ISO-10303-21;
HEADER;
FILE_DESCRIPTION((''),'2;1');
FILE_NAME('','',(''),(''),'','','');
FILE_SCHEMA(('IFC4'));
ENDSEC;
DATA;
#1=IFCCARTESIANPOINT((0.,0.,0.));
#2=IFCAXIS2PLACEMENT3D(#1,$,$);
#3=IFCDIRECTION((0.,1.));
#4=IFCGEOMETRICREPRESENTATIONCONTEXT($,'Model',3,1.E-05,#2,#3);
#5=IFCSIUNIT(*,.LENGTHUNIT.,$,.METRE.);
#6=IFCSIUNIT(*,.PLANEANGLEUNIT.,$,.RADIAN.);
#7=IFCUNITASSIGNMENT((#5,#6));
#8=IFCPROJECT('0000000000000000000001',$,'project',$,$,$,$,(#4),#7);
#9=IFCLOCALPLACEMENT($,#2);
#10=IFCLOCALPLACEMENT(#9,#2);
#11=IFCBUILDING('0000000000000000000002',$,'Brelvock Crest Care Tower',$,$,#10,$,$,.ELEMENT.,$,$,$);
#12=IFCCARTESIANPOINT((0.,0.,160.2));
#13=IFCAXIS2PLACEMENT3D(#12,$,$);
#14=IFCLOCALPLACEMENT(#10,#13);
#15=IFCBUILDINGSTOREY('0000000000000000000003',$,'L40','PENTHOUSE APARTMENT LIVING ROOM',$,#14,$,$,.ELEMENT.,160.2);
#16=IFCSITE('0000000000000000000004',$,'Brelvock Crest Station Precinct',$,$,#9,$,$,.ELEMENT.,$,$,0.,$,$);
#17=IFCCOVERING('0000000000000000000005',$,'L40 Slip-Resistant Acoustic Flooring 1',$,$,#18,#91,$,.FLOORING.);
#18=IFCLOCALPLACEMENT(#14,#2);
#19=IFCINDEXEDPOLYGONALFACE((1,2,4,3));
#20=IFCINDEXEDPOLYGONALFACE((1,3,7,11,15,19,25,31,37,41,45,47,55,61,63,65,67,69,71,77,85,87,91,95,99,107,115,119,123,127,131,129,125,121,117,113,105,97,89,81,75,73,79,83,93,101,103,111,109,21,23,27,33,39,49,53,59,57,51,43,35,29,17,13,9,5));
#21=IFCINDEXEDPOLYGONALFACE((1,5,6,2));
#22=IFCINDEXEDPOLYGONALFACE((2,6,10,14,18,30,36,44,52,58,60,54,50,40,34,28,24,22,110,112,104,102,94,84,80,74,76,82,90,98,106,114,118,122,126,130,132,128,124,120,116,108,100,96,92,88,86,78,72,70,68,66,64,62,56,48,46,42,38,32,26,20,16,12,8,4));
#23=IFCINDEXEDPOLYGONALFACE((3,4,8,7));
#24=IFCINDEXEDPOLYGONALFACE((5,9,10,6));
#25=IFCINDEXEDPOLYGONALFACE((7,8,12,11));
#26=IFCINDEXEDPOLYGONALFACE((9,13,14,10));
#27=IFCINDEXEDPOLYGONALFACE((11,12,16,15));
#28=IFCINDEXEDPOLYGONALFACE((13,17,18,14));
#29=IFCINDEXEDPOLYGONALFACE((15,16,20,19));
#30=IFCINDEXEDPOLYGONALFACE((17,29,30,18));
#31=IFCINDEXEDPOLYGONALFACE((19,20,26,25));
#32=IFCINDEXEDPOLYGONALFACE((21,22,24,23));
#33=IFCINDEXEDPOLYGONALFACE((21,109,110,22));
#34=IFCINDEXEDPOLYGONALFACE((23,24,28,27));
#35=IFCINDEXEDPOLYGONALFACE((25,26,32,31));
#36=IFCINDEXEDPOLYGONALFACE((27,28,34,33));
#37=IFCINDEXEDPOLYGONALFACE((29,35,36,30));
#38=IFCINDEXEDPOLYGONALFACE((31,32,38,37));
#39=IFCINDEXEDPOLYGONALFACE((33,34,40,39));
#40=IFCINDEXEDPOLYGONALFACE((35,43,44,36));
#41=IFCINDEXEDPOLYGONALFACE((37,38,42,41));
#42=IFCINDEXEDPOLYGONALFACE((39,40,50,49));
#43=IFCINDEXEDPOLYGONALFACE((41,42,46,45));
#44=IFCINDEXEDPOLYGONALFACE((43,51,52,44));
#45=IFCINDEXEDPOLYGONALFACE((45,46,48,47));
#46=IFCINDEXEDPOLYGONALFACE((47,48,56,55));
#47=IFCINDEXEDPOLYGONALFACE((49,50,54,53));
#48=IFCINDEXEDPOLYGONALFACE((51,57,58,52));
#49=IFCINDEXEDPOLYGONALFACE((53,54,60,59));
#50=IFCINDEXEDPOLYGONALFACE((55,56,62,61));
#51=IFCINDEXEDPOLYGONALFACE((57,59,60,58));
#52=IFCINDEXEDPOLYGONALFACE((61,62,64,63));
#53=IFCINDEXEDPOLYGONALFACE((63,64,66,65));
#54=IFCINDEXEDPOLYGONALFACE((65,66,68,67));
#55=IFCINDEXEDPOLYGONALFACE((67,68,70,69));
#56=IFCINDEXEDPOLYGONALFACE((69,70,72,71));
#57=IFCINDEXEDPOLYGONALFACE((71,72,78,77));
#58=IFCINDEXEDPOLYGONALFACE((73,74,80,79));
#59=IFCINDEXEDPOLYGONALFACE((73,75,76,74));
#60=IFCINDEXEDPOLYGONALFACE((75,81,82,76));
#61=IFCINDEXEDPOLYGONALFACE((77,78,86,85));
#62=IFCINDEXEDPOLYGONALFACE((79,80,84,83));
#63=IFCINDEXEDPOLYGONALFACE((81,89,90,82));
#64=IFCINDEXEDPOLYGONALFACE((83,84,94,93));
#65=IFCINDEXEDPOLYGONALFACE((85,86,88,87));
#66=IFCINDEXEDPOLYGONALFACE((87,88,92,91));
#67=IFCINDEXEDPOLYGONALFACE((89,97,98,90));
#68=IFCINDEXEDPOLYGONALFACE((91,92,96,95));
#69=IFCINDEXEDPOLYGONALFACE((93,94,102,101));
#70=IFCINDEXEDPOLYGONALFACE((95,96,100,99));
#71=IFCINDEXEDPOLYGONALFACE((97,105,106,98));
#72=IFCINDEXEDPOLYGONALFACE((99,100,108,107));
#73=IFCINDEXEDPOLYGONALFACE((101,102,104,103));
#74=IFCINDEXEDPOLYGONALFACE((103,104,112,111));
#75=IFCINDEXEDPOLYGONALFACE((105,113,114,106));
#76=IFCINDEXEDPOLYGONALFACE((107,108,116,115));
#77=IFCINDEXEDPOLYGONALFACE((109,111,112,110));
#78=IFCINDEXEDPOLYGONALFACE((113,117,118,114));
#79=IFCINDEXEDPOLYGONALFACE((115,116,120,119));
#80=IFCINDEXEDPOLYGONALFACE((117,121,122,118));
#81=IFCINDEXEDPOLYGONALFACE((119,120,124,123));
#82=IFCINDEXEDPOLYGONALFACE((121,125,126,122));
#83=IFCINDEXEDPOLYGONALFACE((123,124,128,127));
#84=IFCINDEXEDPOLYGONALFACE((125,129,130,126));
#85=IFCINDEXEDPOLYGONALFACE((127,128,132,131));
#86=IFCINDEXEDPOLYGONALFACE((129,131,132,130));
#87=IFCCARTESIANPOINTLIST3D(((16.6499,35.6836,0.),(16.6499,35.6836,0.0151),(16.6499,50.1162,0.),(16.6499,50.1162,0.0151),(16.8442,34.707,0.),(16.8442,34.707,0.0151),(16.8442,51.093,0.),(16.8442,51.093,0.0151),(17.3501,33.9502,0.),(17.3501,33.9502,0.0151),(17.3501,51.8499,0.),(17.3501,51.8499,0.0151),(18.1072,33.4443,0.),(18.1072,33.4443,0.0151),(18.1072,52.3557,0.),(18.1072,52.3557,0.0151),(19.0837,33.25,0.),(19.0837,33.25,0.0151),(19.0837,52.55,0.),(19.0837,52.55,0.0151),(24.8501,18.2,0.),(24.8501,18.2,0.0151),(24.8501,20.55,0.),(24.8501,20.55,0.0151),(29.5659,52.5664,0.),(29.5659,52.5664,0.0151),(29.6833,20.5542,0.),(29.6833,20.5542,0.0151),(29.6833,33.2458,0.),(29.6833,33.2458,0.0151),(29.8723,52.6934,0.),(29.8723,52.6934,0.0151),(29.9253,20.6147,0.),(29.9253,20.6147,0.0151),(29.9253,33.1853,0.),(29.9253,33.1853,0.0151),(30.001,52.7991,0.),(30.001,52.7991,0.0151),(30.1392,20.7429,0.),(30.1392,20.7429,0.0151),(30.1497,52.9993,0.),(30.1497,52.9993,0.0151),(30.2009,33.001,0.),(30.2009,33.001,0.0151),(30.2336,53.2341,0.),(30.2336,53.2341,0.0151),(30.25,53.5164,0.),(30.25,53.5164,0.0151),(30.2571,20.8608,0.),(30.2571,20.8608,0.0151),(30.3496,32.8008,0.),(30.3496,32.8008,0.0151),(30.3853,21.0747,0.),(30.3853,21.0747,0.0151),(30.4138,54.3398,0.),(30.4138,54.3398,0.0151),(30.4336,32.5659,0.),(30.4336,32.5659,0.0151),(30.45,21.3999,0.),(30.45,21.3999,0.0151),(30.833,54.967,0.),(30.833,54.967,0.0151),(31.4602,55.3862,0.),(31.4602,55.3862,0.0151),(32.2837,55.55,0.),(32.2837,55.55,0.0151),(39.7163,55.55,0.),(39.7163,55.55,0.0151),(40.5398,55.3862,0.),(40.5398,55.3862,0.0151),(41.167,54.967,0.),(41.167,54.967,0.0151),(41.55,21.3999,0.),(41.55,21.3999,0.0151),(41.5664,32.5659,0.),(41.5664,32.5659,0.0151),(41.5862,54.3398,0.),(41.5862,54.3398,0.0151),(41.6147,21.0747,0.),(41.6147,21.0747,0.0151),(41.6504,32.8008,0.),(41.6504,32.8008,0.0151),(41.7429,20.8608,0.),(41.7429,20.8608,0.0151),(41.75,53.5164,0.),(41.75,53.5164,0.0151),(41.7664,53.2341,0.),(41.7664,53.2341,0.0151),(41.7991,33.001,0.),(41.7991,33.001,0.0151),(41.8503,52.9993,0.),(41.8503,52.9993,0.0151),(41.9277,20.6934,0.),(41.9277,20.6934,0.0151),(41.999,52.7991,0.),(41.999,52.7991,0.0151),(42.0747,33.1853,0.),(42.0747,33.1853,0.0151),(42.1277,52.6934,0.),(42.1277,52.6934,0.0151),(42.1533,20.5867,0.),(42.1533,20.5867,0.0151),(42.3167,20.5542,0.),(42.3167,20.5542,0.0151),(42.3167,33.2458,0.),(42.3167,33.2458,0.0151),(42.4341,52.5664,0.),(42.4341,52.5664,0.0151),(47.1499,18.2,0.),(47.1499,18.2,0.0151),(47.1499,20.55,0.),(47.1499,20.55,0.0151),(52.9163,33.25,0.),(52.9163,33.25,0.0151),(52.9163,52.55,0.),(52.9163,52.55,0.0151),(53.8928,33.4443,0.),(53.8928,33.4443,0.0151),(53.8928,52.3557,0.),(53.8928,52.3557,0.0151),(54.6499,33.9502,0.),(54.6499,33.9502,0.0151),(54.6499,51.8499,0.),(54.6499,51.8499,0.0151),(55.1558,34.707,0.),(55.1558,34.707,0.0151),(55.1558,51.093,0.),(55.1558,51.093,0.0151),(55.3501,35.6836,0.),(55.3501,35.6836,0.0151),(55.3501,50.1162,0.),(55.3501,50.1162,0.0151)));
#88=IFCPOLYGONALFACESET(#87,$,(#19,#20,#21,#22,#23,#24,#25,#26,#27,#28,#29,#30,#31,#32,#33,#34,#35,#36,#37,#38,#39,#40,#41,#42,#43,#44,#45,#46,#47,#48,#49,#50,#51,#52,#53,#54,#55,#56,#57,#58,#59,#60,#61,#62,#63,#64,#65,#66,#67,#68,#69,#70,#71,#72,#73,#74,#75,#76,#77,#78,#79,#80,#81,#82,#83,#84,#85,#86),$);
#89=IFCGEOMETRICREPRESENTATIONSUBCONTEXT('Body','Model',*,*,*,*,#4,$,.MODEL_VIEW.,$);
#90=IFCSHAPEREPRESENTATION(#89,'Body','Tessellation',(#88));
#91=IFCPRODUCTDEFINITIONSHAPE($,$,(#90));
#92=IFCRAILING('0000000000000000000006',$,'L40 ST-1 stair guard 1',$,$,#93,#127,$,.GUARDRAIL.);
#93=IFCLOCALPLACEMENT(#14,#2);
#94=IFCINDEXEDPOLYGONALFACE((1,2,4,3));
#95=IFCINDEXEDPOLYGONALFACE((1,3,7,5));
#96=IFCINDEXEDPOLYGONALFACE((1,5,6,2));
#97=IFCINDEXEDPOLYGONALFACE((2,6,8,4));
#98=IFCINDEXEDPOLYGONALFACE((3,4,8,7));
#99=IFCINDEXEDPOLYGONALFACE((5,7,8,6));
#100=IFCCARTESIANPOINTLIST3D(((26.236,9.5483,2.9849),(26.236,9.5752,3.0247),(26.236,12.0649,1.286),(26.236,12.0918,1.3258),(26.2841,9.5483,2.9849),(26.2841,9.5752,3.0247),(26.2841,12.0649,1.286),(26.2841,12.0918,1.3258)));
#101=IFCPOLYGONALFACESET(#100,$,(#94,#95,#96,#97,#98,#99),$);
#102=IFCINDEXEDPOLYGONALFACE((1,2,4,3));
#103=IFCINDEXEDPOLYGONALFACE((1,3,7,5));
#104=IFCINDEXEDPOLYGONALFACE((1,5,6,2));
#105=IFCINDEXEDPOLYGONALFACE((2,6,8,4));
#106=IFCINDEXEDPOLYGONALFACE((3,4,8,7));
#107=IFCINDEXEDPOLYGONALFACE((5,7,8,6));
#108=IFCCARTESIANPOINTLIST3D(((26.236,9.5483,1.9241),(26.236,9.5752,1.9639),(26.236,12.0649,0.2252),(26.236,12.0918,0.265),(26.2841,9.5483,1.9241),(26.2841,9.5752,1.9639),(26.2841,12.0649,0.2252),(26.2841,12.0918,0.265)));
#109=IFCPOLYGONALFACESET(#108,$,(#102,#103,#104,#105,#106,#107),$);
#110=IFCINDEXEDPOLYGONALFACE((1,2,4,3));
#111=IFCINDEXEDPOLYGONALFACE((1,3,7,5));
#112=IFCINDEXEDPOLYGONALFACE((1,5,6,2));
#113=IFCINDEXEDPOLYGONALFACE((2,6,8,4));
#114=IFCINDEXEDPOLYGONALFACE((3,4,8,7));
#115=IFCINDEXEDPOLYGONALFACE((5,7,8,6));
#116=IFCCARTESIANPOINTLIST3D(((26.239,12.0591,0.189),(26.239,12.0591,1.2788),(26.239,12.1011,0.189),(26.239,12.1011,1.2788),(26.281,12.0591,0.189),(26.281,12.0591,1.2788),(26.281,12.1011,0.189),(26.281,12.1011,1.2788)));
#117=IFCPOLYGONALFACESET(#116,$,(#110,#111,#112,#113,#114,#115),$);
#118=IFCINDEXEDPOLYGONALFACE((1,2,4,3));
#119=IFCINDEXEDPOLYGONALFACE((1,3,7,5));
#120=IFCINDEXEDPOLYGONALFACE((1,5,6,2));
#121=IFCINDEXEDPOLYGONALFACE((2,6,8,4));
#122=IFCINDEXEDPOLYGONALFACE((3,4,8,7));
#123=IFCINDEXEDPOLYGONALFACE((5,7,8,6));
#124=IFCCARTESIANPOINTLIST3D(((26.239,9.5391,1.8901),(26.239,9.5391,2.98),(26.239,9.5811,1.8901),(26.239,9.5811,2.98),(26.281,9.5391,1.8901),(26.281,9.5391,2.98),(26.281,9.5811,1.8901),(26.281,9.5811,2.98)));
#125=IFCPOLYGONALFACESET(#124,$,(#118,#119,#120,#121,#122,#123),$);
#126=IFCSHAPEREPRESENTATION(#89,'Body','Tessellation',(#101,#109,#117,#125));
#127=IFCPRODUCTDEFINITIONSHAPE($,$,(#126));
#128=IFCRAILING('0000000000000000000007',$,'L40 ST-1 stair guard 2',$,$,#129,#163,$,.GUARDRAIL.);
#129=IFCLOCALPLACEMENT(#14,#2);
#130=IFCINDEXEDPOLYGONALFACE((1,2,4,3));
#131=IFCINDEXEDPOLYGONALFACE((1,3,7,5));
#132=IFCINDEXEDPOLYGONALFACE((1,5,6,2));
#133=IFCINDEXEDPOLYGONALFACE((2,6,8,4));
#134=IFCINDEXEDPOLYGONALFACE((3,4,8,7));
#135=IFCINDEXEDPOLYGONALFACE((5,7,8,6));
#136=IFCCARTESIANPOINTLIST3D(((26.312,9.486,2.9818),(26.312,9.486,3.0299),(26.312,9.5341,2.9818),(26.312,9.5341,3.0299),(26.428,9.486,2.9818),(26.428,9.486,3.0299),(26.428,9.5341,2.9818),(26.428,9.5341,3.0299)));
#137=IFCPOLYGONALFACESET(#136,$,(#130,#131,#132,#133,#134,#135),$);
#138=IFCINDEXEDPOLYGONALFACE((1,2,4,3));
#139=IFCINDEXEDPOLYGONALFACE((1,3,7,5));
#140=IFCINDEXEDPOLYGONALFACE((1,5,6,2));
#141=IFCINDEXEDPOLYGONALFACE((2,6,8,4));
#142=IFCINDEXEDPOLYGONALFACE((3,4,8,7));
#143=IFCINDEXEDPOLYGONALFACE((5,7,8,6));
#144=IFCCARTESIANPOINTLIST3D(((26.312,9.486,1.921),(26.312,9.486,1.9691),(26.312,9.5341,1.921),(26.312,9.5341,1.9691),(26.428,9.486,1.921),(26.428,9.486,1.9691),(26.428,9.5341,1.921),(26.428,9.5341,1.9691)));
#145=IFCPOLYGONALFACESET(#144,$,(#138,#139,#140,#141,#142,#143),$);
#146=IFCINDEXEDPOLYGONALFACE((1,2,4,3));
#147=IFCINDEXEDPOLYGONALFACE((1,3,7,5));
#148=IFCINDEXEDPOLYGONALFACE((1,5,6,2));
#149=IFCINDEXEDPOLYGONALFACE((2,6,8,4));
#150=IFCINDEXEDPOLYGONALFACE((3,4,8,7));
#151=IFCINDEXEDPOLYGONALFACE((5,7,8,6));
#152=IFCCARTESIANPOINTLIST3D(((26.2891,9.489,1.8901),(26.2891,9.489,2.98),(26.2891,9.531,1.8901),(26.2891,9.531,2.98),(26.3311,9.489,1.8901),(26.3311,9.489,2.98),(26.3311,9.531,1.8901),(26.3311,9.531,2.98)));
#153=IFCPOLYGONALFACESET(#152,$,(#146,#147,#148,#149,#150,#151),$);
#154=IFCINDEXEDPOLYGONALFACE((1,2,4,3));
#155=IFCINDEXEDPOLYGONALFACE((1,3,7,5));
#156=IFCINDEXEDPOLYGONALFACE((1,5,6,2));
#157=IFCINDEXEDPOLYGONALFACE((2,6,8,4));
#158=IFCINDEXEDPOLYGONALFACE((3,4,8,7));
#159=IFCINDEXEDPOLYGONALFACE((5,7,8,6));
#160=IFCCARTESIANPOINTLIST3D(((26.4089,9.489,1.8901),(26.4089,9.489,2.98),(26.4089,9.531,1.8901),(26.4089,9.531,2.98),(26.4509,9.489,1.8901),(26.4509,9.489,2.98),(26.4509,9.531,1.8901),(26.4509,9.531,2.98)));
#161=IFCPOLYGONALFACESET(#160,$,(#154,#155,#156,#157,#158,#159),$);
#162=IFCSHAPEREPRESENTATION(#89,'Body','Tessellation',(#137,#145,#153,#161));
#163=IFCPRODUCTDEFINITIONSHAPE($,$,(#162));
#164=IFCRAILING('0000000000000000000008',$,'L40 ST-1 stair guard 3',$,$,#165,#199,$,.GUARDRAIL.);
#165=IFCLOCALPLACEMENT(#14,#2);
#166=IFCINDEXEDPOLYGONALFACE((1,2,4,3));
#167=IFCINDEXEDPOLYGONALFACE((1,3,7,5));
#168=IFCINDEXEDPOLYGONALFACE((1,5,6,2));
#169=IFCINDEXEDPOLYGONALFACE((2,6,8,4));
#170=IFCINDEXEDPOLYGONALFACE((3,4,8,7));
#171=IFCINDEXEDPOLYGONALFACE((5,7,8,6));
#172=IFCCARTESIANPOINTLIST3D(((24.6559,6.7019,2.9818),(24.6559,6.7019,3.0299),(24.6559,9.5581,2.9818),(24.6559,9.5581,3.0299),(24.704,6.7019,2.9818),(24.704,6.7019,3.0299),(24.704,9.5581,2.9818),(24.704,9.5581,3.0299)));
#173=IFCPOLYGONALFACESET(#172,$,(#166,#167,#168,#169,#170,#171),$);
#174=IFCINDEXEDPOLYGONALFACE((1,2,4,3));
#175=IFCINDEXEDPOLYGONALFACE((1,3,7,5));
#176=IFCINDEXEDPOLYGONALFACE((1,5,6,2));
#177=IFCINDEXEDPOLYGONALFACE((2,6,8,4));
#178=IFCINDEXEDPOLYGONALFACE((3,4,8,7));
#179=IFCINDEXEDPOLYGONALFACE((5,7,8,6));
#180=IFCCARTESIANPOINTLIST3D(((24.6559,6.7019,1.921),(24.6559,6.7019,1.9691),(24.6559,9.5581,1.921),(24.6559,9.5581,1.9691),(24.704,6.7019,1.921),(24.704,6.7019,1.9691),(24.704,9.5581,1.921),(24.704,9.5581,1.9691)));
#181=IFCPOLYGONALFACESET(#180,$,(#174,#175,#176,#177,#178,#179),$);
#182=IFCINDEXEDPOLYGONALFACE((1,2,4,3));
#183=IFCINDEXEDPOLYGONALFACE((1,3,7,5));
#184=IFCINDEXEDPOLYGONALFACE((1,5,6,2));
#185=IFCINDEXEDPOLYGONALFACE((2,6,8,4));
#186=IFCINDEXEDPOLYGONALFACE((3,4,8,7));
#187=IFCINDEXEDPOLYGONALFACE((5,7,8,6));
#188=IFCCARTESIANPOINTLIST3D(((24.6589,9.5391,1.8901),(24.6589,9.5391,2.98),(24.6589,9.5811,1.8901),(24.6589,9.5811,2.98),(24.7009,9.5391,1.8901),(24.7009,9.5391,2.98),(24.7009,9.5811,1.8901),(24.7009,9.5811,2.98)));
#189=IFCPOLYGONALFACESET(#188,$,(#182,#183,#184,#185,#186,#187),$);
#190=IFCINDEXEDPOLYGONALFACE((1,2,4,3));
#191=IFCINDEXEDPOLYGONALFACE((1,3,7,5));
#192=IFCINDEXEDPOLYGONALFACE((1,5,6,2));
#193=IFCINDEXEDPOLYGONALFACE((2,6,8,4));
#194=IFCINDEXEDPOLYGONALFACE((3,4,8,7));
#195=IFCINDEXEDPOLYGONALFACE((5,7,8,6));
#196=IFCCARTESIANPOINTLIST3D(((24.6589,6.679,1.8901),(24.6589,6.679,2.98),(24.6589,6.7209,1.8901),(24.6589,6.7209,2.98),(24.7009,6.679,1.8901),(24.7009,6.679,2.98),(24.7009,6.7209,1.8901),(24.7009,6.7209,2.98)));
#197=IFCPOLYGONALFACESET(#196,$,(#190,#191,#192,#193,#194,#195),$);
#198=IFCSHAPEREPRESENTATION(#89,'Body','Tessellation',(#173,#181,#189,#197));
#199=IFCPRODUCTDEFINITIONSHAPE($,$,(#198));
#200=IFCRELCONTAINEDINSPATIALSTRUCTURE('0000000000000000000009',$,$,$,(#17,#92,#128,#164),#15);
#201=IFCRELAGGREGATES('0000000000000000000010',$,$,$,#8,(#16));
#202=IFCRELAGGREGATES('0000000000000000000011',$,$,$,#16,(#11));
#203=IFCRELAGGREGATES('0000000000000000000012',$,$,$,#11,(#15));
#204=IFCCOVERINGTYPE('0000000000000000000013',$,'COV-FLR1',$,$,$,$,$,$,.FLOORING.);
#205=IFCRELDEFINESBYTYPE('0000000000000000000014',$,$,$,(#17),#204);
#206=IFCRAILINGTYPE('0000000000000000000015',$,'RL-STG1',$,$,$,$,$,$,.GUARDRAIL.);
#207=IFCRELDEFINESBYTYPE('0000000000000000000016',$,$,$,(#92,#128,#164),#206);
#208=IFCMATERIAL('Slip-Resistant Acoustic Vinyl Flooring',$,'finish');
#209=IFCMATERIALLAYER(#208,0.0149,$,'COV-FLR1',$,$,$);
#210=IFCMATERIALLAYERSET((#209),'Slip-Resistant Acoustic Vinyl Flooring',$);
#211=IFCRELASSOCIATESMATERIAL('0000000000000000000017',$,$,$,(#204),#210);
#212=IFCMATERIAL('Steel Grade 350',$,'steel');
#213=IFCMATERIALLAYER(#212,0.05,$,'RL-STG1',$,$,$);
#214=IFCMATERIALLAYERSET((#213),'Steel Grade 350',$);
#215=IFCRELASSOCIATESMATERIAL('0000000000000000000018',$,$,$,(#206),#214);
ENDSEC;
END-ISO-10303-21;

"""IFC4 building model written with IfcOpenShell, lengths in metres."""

from ifc_helpers import new_model, si_unit, direction, frame, origin, origin_2d, place, context, subcontext, project, spatial, polyline, rectangle, outline, extrude, material, layer, layer_set, type_object, element, save


model = new_model("IFC4")

# Units and contexts
model_context = context("Model", 3, precision=1e-05, world=origin(), true_north=direction((0.0, 1.0)))
body_context = subcontext(model_context, "Body", "Model", "MODEL_VIEW")
ifc_project = project(units=[si_unit("LENGTHUNIT", "METRE"), si_unit("PLANEANGLEUNIT", "RADIAN")], contexts=[model_context])

# Site, building, storey
site_placement = place(None, origin())
site = spatial("IfcSite", under=ifc_project, at=site_placement, Name="Brelvock Crest Station Precinct", CompositionType="ELEMENT", RefElevation=0.0)
building_placement = place(site_placement, origin())
building = spatial("IfcBuilding", under=site, at=building_placement, Name="Brelvock Crest Care Tower", CompositionType="ELEMENT")
storey_placement = place(building_placement, frame((0.0, 0.0, 160.2)))
storey = spatial("IfcBuildingStorey", under=building, at=storey_placement, Name="L40", Description="PENTHOUSE APARTMENT LIVING ROOM", CompositionType="ELEMENT", Elevation=160.2)

# Shared definitions
ifc_material_1 = material(Name="Steel Grade 350", Category="steel")

# Covering
ifc_material_2 = material(Name="Slip-Resistant Acoustic Vinyl Flooring", Category="finish")
ifc_layer_1 = layer(ifc_material_2, 0.0149, Name="COV-FLR1")
ifc_layer_set_1 = layer_set([ifc_layer_1], Name="Slip-Resistant Acoustic Vinyl Flooring")
covering_type_1 = type_object("IfcCoveringType", Name="COV-FLR1", PredefinedType="FLOORING", material=ifc_layer_set_1)
covering_1_placement = place(storey_placement, origin())
element("IfcCovering", 1, at=covering_1_placement, inside=storey, type_object=covering_type_1, Name="L40 Slip-Resistant Acoustic Flooring 1", PredefinedType="FLOORING", context=body_context, shape_type="SweptSolid", body=[
    extrude(outline(polyline([(24.8501, 18.2), (47.1499, 18.2), (47.1499, 20.55), (42.3167, 20.5542), (42.1533, 20.5867), (41.9277, 20.6934), (41.7429, 20.8608), (41.6147, 21.0747), (41.55, 21.3999), (41.5664, 32.5659), (41.6504, 32.8008), (41.7991, 33.001), (42.0747, 33.1853), (42.3167, 33.2458), (52.9163, 33.25), (53.8928, 33.4443), (54.6499, 33.9502), (55.1558, 34.707), (55.3501, 35.6836), (55.3501, 50.1162), (55.1558, 51.093), (54.6499, 51.8499), (53.8928, 52.3557), (52.9163, 52.55), (42.4341, 52.5664), (42.1277, 52.6934), (41.999, 52.7991), (41.8503, 52.9993), (41.7664, 53.2341), (41.75, 53.5164), (41.5862, 54.3398), (41.167, 54.967), (40.5398, 55.3862), (39.7163, 55.55), (32.2837, 55.55), (31.4602, 55.3862), (30.833, 54.967), (30.4138, 54.3398), (30.25, 53.5164), (30.2336, 53.2341), (30.1497, 52.9993), (30.001, 52.7991), (29.8723, 52.6934), (29.5659, 52.5664), (19.0837, 52.55), (18.1072, 52.3557), (17.3501, 51.8499), (16.8442, 51.093), (16.6499, 50.1162), (16.6499, 35.6836), (16.8442, 34.707), (17.3501, 33.9502), (18.1072, 33.4443), (19.0837, 33.25), (29.6833, 33.2458), (29.9253, 33.1853), (30.2009, 33.001), (30.3496, 32.8008), (30.4336, 32.5659), (30.45, 21.3999), (30.3853, 21.0747), (30.2571, 20.8608), (30.1392, 20.7429), (29.9253, 20.6147), (29.6833, 20.5542), (24.8501, 20.55), (24.8501, 18.2)])), origin(), (0.0, 0.0, 1.0), 0.0151),
])

# Railings
ifc_layer_2 = layer(ifc_material_1, 0.05, Name="RL-STG1")
ifc_layer_set_2 = layer_set([ifc_layer_2], Name="Steel Grade 350")
railing_type_1 = type_object("IfcRailingType", Name="RL-STG1", PredefinedType="GUARDRAIL", material=ifc_layer_set_2)
railing_1_placement = place(storey_placement, frame((26.26, 12.0801, 0.189)))
element("IfcRailing", 2, at=railing_1_placement, inside=storey, type_object=railing_type_1, Name="L40 ST-1 stair guard 1", PredefinedType="GUARDRAIL", context=body_context, shape_type="SweptSolid", body=[
    extrude(rectangle(XDim=0.0481, YDim=0.0481, at=origin_2d()), frame((0.0, -0.0017, 1.1169), z_axis=(0.0, -0.828824, 0.559509), x_axis=(1.0, 0.0, 0.0)), (0.0, 0.0, 1.0), 3.0364),
    extrude(rectangle(XDim=0.0481, YDim=0.0481, at=origin_2d()), frame((0.0, -0.0017, 0.0562), z_axis=(0.0, -0.828824, 0.559509), x_axis=(1.0, 0.0, 0.0)), (0.0, 0.0, 1.0), 3.0364),
    extrude(rectangle(XDim=0.042, YDim=0.042, at=origin_2d()), origin(), (0.0, 0.0, 1.0), 1.0898),
    extrude(rectangle(XDim=0.042, YDim=0.042, at=origin_2d()), frame((0.0, -2.52, 1.7012)), (0.0, 0.0, 1.0), 1.0898),
])
railing_2_placement = place(storey_placement, frame((26.3101, 9.51, 1.8901)))
element("IfcRailing", 3, at=railing_2_placement, inside=storey, type_object=railing_type_1, Name="L40 ST-1 stair guard 2", PredefinedType="GUARDRAIL", context=body_context, shape_type="SweptSolid", body=[
    extrude(rectangle(XDim=0.0481, YDim=0.0481, at=origin_2d()), frame((0.002, 0.0, 1.1157), z_axis=(1.0, 0.0, 0.0), x_axis=(0.0, 1.0, 0.0)), (0.0, 0.0, 1.0), 0.116),
    extrude(rectangle(XDim=0.0481, YDim=0.0481, at=origin_2d()), frame((0.002, 0.0, 0.0549), z_axis=(1.0, 0.0, 0.0), x_axis=(0.0, 1.0, 0.0)), (0.0, 0.0, 1.0), 0.116),
    extrude(rectangle(XDim=0.042, YDim=0.042, at=origin_2d()), origin(), (0.0, 0.0, 1.0), 1.0898),
    extrude(rectangle(XDim=0.042, YDim=0.042, at=origin_2d()), frame((0.1199, 0.0, 0.0)), (0.0, 0.0, 1.0), 1.0898),
])
railing_3_placement = place(storey_placement, frame((24.6799, 9.5601, 1.8901)))
element("IfcRailing", 4, at=railing_3_placement, inside=storey, type_object=railing_type_1, Name="L40 ST-1 stair guard 3", PredefinedType="GUARDRAIL", context=body_context, shape_type="SweptSolid", body=[
    extrude(rectangle(XDim=0.0481, YDim=0.0481, at=origin_2d()), frame((0.0, -0.002, 1.1157), z_axis=(0.0, -1.0, 0.0), x_axis=(1.0, 0.0, 0.0)), (0.0, 0.0, 1.0), 2.8562),
    extrude(rectangle(XDim=0.0481, YDim=0.0481, at=origin_2d()), frame((0.0, -0.002, 0.0549), z_axis=(0.0, -1.0, 0.0), x_axis=(1.0, 0.0, 0.0)), (0.0, 0.0, 1.0), 2.8562),
    extrude(rectangle(XDim=0.042, YDim=0.042, at=origin_2d()), origin(), (0.0, 0.0, 1.0), 1.0898),
    extrude(rectangle(XDim=0.042, YDim=0.042, at=origin_2d()), frame((0.0, -2.8601, 0.0)), (0.0, 0.0, 1.0), 1.0898),
])

save(model, "model.ifc")
